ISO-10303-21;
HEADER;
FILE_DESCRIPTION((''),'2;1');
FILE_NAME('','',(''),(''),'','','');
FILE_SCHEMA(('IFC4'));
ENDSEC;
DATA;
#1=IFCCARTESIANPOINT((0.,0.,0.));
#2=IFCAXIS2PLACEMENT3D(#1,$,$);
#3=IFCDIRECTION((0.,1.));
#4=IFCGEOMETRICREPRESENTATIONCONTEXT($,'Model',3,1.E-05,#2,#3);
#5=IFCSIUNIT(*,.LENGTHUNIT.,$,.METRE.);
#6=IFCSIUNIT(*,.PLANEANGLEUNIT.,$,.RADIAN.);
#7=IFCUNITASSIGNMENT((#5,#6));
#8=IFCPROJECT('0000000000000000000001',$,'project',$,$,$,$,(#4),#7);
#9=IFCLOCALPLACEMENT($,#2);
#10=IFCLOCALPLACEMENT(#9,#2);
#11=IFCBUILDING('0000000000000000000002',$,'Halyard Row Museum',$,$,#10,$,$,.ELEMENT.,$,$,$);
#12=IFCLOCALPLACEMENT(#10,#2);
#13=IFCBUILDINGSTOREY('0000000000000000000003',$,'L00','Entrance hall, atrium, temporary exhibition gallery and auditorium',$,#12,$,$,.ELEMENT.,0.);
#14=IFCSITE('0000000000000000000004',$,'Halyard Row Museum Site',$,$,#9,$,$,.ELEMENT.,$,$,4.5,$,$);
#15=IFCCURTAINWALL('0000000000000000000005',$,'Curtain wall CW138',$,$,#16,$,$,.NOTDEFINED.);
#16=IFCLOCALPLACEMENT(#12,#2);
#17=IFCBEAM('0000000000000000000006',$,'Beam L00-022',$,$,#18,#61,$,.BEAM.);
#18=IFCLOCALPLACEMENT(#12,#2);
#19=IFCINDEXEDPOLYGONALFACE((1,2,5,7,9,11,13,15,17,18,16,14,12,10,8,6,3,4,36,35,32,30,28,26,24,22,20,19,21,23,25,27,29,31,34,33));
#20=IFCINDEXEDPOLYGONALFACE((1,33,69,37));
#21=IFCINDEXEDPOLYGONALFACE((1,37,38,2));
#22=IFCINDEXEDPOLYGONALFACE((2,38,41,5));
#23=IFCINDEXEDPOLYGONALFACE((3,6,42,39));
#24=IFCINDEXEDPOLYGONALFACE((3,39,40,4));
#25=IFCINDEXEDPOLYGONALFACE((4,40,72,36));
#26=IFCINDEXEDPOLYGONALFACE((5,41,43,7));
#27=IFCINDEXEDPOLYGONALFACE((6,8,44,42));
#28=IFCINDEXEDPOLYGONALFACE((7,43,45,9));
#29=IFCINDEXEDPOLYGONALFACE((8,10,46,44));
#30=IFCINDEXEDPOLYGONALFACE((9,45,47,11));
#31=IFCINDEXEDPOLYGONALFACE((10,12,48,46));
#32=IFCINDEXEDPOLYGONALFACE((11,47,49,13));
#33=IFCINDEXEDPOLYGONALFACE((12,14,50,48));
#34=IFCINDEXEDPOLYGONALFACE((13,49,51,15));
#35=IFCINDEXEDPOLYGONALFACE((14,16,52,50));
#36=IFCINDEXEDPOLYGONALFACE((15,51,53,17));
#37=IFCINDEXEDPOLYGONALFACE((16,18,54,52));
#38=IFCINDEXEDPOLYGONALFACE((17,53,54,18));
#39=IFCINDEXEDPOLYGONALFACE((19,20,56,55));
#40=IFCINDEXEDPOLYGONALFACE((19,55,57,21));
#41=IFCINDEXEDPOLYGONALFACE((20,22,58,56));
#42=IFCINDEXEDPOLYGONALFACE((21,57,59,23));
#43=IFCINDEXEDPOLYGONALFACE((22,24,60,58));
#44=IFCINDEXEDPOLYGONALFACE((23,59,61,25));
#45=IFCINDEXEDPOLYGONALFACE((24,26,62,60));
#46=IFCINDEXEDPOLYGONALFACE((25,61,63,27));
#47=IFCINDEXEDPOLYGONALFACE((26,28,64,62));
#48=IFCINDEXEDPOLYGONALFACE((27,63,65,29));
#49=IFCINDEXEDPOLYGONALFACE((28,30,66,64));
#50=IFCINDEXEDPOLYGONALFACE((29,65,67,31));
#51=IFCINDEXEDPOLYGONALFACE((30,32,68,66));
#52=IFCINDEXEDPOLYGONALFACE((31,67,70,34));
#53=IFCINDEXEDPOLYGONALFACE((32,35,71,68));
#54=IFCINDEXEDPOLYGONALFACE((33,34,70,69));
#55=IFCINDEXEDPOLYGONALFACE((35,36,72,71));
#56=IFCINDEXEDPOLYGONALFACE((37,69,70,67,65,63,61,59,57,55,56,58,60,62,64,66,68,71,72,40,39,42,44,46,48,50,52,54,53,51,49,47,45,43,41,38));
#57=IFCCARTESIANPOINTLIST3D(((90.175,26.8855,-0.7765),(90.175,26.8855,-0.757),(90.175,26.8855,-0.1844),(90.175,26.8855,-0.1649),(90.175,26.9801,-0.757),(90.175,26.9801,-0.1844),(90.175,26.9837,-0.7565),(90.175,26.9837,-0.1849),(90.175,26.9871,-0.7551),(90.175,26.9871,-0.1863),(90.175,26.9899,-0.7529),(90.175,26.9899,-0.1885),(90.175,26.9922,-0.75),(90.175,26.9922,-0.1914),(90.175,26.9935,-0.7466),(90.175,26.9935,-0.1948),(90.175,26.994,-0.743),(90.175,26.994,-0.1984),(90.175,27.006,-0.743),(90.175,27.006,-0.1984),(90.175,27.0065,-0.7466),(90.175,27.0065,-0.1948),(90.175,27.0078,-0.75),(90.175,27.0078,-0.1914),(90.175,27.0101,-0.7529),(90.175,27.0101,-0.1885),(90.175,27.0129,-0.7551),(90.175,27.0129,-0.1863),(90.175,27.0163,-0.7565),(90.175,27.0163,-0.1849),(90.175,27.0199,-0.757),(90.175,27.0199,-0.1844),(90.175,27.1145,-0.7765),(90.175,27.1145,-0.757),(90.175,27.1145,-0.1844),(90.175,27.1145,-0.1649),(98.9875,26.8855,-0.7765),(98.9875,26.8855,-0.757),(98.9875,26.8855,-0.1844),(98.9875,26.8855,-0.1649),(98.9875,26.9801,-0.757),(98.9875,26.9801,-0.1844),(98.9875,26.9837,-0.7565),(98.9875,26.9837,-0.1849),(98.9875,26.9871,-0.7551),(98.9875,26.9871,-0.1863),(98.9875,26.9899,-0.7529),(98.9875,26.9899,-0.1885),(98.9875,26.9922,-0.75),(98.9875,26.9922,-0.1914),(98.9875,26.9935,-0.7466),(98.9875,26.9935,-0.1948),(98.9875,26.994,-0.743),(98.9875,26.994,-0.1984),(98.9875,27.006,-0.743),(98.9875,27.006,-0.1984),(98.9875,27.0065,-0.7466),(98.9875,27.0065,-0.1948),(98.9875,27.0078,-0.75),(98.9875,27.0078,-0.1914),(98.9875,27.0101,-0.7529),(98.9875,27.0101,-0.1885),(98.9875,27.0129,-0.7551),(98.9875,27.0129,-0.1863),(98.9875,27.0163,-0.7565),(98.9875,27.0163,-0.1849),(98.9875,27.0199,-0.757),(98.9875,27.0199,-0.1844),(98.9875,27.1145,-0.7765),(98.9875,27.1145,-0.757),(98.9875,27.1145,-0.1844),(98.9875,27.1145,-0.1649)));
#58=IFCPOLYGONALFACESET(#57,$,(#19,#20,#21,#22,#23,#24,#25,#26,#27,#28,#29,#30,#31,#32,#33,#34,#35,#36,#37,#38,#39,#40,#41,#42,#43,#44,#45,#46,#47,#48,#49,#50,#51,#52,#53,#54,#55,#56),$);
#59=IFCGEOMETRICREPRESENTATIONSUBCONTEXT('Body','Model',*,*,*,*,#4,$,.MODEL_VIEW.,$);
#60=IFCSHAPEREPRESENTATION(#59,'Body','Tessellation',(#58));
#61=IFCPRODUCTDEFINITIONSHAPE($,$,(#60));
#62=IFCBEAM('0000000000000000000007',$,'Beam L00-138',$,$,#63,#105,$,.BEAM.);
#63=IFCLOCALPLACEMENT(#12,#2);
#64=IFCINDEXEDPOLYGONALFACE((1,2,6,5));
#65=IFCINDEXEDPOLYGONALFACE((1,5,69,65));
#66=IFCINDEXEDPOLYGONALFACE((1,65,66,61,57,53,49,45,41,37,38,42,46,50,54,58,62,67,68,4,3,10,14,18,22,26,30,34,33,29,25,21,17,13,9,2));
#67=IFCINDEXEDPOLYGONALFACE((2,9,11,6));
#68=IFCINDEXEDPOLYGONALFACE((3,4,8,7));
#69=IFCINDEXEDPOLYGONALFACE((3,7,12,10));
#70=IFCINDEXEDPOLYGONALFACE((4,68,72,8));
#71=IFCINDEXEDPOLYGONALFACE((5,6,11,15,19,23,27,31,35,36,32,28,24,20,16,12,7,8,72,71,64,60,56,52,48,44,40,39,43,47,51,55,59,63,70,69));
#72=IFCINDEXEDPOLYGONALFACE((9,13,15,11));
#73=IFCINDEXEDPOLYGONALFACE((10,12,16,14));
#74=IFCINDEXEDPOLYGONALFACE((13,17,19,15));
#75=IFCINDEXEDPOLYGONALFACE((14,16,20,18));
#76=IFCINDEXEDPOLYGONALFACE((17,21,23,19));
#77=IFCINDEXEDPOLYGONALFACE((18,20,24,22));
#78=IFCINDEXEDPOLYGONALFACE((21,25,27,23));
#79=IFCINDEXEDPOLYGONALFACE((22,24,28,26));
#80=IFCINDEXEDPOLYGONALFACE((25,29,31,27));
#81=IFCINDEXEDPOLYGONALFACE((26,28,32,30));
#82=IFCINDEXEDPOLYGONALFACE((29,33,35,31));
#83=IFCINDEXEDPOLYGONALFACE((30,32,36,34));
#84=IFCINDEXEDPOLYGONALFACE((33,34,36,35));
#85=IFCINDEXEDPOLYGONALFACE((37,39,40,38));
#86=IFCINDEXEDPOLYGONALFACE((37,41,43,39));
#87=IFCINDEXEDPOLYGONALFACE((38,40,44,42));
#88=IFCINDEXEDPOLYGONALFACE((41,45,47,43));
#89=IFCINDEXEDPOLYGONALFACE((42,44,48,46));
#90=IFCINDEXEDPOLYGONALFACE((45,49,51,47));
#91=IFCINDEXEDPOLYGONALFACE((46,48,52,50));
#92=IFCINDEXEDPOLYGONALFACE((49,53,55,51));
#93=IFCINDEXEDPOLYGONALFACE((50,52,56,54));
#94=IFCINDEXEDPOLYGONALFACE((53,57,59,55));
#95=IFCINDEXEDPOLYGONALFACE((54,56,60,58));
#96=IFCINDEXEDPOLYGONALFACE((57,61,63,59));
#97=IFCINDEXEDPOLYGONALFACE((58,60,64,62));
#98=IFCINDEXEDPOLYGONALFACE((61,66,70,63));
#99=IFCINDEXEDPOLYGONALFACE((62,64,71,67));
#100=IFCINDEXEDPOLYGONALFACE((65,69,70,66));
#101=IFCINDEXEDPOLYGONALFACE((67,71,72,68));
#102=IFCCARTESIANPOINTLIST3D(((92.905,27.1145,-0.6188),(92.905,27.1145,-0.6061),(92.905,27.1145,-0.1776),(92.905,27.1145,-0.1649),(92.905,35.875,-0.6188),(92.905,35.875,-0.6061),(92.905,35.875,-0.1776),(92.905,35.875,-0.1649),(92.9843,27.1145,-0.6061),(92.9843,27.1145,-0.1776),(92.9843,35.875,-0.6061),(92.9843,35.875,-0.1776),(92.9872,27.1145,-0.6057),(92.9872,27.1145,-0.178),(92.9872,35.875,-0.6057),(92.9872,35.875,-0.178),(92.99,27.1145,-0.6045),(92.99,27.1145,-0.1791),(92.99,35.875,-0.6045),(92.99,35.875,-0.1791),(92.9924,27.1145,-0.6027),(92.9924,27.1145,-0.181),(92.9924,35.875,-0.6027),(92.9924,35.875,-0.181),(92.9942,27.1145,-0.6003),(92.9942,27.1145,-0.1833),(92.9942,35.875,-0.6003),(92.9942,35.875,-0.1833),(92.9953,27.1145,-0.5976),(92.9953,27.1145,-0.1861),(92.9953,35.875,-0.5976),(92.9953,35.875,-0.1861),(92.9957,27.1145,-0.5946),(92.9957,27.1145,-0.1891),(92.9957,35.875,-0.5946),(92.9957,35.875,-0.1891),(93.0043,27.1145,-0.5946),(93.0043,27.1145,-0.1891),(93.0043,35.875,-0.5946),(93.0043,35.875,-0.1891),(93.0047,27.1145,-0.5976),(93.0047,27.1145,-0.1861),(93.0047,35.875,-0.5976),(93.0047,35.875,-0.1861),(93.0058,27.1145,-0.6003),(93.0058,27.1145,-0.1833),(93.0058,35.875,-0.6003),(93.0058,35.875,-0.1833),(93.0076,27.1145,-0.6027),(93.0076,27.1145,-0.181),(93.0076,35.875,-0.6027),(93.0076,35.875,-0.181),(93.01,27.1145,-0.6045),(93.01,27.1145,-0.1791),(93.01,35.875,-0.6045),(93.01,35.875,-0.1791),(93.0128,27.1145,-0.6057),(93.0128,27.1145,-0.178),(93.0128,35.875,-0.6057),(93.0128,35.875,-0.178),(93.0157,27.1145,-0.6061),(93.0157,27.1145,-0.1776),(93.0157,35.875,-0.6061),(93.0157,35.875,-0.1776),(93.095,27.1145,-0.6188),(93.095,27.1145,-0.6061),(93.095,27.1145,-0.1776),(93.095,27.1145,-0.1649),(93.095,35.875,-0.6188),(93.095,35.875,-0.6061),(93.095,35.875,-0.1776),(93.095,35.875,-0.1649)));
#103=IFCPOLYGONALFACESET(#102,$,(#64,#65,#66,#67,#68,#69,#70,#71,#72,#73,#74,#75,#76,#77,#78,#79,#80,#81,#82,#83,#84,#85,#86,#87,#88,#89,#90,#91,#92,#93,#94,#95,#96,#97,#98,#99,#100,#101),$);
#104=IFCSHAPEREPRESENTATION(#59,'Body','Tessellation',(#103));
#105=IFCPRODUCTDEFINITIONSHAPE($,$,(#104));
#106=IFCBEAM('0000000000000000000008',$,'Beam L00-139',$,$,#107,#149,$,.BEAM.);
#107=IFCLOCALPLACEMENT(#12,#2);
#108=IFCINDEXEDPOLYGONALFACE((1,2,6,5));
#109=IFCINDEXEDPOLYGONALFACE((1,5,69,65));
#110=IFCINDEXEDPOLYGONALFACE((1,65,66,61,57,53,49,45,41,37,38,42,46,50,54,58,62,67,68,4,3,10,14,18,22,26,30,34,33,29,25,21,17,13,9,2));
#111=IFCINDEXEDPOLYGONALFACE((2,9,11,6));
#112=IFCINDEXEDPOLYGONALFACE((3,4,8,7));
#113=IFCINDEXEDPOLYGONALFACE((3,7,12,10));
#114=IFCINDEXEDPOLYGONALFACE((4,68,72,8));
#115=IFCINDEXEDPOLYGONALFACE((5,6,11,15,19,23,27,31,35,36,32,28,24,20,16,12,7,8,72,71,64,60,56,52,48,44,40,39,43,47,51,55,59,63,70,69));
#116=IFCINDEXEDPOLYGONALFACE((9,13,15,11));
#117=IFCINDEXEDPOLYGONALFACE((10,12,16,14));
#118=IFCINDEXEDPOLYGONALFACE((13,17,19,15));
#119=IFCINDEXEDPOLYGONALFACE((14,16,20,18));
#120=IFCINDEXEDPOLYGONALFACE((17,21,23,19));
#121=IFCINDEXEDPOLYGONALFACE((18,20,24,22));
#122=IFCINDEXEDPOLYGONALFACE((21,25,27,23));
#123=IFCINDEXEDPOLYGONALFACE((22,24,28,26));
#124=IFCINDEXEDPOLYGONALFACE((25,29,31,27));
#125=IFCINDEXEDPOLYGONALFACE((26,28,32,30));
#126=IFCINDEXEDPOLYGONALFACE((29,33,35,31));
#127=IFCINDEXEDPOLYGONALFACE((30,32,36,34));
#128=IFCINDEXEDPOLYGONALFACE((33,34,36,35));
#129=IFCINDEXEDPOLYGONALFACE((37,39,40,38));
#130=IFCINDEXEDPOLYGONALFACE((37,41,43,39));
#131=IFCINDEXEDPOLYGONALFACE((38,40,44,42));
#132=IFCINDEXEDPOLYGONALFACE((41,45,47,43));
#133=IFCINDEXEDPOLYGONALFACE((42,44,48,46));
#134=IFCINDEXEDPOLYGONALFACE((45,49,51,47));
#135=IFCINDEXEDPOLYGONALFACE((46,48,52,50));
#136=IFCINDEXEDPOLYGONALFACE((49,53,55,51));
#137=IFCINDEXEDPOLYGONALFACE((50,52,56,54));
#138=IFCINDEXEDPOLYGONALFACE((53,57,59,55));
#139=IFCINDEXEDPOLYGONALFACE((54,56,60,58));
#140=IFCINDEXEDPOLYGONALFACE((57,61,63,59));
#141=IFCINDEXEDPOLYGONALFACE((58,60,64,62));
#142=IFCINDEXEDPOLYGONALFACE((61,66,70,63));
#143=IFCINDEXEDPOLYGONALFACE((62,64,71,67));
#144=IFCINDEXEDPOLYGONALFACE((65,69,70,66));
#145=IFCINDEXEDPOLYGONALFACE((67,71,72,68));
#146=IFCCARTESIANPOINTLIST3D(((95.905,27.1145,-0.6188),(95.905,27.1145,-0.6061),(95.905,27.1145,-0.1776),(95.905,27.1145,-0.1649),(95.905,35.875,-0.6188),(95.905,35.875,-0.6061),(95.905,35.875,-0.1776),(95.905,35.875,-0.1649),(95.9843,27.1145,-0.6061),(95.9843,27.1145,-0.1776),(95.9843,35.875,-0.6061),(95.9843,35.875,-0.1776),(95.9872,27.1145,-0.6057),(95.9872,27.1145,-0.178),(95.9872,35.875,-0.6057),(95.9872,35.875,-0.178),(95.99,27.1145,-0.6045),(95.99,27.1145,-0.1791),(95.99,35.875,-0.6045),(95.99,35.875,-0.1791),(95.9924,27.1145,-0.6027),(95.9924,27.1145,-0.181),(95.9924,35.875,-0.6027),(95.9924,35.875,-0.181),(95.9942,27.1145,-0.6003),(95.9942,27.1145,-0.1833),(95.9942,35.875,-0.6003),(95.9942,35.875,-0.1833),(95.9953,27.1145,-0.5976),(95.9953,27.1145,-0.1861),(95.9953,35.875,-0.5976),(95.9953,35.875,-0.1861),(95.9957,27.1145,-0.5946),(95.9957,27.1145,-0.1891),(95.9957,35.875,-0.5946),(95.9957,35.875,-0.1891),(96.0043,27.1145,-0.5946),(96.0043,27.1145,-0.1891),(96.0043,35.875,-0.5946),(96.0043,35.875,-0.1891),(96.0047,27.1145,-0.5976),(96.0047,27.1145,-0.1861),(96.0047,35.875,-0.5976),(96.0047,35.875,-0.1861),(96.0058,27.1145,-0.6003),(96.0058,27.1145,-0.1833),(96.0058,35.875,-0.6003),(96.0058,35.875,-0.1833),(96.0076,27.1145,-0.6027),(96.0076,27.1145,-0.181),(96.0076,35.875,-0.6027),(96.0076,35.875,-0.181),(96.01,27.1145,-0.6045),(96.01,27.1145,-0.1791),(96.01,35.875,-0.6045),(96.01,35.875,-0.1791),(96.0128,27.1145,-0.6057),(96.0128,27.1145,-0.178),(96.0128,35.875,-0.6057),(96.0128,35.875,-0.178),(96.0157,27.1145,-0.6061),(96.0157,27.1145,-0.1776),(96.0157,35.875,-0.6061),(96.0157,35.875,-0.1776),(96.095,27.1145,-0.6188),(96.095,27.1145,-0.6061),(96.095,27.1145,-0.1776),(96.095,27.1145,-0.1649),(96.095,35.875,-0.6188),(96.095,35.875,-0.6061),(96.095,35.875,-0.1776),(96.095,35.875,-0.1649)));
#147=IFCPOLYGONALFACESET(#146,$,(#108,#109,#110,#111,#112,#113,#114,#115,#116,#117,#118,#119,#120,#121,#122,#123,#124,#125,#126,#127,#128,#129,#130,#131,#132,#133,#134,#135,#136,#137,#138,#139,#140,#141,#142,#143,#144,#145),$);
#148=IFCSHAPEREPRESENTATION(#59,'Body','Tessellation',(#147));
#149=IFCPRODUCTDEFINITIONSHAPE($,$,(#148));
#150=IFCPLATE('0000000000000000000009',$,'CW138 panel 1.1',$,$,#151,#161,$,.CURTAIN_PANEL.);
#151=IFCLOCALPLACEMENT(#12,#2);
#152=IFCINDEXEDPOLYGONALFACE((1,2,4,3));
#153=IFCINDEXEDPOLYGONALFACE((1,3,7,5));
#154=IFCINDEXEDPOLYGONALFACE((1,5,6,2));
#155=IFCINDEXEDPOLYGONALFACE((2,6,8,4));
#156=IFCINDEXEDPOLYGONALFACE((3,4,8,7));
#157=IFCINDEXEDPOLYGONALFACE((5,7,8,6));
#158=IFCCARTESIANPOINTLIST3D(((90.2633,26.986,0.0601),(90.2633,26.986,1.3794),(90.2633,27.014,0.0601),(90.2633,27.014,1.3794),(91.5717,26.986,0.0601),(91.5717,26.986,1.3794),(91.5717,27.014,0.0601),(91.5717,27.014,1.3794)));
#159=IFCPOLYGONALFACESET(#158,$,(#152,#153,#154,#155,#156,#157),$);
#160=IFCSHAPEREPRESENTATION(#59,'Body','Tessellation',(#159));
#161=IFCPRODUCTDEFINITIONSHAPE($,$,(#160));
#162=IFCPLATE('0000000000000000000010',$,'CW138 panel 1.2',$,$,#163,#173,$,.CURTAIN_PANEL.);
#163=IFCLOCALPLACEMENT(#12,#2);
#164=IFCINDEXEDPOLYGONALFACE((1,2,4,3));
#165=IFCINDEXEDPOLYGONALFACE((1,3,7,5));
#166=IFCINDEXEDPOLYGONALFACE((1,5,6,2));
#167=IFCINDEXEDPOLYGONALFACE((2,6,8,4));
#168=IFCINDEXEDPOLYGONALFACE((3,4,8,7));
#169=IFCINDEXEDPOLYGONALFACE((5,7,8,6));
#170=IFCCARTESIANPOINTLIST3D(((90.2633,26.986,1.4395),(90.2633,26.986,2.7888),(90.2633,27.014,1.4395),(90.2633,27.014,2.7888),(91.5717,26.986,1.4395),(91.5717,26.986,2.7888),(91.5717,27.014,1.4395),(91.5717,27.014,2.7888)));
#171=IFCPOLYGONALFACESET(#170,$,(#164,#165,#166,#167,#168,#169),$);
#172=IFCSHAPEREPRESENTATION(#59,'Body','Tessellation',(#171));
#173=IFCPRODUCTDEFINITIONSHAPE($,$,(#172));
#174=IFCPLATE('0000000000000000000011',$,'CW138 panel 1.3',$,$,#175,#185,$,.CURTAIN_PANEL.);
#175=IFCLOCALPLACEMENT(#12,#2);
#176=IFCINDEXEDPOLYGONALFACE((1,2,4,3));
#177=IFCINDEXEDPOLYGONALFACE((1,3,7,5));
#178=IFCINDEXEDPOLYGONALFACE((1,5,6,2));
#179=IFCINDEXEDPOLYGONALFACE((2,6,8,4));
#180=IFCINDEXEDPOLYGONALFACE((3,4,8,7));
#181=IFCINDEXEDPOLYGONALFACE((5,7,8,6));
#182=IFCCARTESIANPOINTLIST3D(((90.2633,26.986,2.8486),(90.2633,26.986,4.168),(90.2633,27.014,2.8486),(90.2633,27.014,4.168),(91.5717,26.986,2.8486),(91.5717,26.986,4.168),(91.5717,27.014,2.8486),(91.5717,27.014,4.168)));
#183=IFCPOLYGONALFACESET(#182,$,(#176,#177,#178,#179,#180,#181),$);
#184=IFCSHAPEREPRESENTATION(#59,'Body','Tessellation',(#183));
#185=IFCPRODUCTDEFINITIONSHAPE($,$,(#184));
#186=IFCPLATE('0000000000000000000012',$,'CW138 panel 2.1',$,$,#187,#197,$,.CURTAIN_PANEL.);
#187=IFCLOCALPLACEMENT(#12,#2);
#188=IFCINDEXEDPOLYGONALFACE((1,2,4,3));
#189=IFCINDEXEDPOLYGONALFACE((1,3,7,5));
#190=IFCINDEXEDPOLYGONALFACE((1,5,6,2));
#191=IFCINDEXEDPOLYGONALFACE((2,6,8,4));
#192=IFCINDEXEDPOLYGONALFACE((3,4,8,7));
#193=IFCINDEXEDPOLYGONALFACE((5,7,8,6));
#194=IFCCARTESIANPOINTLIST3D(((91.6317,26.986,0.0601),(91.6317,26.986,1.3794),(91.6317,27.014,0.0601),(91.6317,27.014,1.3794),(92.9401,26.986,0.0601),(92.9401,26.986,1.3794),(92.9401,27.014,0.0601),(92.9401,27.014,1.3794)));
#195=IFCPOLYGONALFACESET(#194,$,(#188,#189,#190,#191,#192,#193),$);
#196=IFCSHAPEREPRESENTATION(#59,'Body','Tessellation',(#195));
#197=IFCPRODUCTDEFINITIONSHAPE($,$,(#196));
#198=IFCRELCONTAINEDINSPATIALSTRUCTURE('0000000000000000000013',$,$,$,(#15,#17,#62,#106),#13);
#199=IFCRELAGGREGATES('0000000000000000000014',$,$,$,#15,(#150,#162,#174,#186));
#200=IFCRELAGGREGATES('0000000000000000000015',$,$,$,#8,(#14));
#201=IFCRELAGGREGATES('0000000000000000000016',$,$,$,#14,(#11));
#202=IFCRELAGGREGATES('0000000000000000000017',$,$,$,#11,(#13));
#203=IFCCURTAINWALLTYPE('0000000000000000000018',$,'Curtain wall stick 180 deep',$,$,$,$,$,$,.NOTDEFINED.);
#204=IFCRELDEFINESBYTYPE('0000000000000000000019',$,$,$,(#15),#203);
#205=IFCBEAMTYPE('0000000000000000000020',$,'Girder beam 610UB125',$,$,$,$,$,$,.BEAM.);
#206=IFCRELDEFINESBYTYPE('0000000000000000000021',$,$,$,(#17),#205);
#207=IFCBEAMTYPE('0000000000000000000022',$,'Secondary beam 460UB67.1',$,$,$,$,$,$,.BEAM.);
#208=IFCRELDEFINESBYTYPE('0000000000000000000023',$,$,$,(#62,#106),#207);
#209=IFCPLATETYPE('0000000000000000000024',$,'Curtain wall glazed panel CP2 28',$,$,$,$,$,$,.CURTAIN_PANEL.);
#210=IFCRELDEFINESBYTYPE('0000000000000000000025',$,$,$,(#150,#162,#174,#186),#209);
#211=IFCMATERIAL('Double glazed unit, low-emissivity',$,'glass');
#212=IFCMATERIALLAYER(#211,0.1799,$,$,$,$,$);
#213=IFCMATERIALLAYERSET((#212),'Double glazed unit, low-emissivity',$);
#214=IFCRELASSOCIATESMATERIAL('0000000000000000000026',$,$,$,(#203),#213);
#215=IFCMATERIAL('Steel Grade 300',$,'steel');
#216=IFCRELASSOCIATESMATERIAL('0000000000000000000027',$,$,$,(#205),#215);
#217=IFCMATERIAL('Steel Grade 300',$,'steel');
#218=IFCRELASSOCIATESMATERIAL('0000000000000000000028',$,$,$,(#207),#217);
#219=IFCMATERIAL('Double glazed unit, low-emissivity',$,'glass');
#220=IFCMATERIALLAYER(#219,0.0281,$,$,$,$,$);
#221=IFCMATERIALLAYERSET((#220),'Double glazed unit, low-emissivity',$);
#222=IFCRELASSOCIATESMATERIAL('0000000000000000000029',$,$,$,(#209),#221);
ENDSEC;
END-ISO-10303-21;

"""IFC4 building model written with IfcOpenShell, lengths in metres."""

from ifc_helpers import new_model, si_unit, direction, frame, origin, origin_2d, place, context, subcontext, project, spatial, rectangle, i_section, extrude, material, layer, layer_set, material_profile, profile_set, type_object, element, aggregate, save


model = new_model("IFC4")

# Units and contexts
model_context = context("Model", 3, precision=1e-05, world=origin(), true_north=direction((0.0, 1.0)))
body_context = subcontext(model_context, "Body", "Model", "MODEL_VIEW")
ifc_project = project(units=[si_unit("LENGTHUNIT", "METRE"), si_unit("PLANEANGLEUNIT", "RADIAN")], contexts=[model_context])

# Site, building, storey
site_placement = place(None, origin())
site = spatial("IfcSite", under=ifc_project, at=site_placement, Name="Halyard Row Museum Site", CompositionType="ELEMENT", RefElevation=4.5)
building_placement = place(site_placement, origin())
building = spatial("IfcBuilding", under=site, at=building_placement, Name="Halyard Row Museum", CompositionType="ELEMENT")
storey_placement = place(building_placement, origin())
storey = spatial("IfcBuildingStorey", under=building, at=storey_placement, Name="L00", Description="Entrance hall, atrium, temporary exhibition gallery and auditorium", CompositionType="ELEMENT", Elevation=0.0)

# Curtain wall
ifc_material_1 = material(Name="Double glazed unit, low-emissivity", Category="glass")
ifc_layer_1 = layer(ifc_material_1, 0.1799)
ifc_layer_set_1 = layer_set([ifc_layer_1], Name="Double glazed unit, low-emissivity")
curtain_wall_type = type_object("IfcCurtainWallType", Name="Curtain wall stick 180 deep", PredefinedType="NOTDEFINED", material=ifc_layer_set_1)
curtain_wall_1_placement = place(storey_placement, origin())
curtain_wall_1 = element("IfcCurtainWall", 1, at=curtain_wall_1_placement, inside=storey, type_object=curtain_wall_type, Name="Curtain wall CW138", PredefinedType="NOTDEFINED")

# Beams
ifc_material_2 = material(Name="Steel Grade 300", Category="steel")
ifc_material_profile_1 = material_profile(ifc_material_2, i_section(OverallWidth=0.229, OverallDepth=0.6116, WebThickness=0.012, FlangeThickness=0.0195, FilletRadius=0.0139, at=origin_2d()), Name="610UB125")
ifc_profile_set_1 = profile_set([ifc_material_profile_1], Name="Steel Grade 300")
beam_type_1 = type_object("IfcBeamType", Name="Girder beam 610UB125", PredefinedType="BEAM", material=ifc_profile_set_1)
beam_placement = place(storey_placement, frame((90.175, 27.0, -0.4707), z_axis=(1.0, 0.0, 0.0), x_axis=(0.0, 1.0, 0.0)))
element("IfcBeam", 2, at=beam_placement, inside=storey, type_object=beam_type_1, Name="Beam L00-022", PredefinedType="BEAM", context=body_context, shape_type="SweptSolid", body=[
    extrude(i_section(OverallWidth=0.229, OverallDepth=0.6116, WebThickness=0.012, FlangeThickness=0.0195, FilletRadius=0.0139, at=origin_2d()), origin(), (0.0, 0.0, 1.0), 8.8125),
])
ifc_material_3 = material(Name="Steel Grade 300", Category="steel")
ifc_material_profile_2 = material_profile(ifc_material_3, i_section(OverallWidth=0.1899, OverallDepth=0.4539, WebThickness=0.0085, FlangeThickness=0.0127, FilletRadius=0.0115, at=origin_2d()), Name="460UB67.1")
ifc_profile_set_2 = profile_set([ifc_material_profile_2], Name="Steel Grade 300")
beam_type_2 = type_object("IfcBeamType", Name="Secondary beam 460UB67.1", PredefinedType="BEAM", material=ifc_profile_set_2)
for number, where, z_axis, x_axis, name in (
    (3, (93.0, 27.1145, -0.3918), (0.0, 1.0, 0.0), (-1.0, 0.0, 0.0), "Beam L00-138"),
    (4, (96.0, 27.1145, -0.3918), (0.0, 1.0, 0.0), (-1.0, 0.0, 0.0), "Beam L00-139"),
):
    element("IfcBeam", number, at=place(storey_placement, frame(where, z_axis=z_axis, x_axis=x_axis)), inside=storey, type_object=beam_type_2, Name=name, PredefinedType="BEAM", context=body_context, shape_type="SweptSolid", body=[
        extrude(i_section(OverallWidth=0.1899, OverallDepth=0.4539, WebThickness=0.0085, FlangeThickness=0.0127, FilletRadius=0.0115, at=origin_2d()), origin(), (0.0, 0.0, 1.0), 8.7605),
    ])

# Plates
ifc_material_4 = material(Name="Double glazed unit, low-emissivity", Category="glass")
ifc_layer_2 = layer(ifc_material_4, 0.0281)
ifc_layer_set_2 = layer_set([ifc_layer_2], Name="Double glazed unit, low-emissivity")
plate_type = type_object("IfcPlateType", Name="Curtain wall glazed panel CP2 28", PredefinedType="CURTAIN_PANEL", material=ifc_layer_set_2)
plate_1_placement = place(storey_placement, frame((90.9175, 27.0, 0.0601), z_axis=(0.0, 0.0, 1.0), x_axis=(1.0, 0.0, 0.0)))
plate_1 = element("IfcPlate", 5, at=plate_1_placement, type_object=plate_type, Name="CW138 panel 1.1", PredefinedType="CURTAIN_PANEL", context=body_context, shape_type="SweptSolid", body=[
    extrude(rectangle(XDim=1.3083, YDim=0.0281, at=origin_2d()), origin(), (0.0, 0.0, 1.0), 1.3193),
])
plate_2_placement = place(storey_placement, frame((90.9175, 27.0, 1.4395), z_axis=(0.0, 0.0, 1.0), x_axis=(1.0, 0.0, 0.0)))
plate_2 = element("IfcPlate", 6, at=plate_2_placement, type_object=plate_type, Name="CW138 panel 1.2", PredefinedType="CURTAIN_PANEL", context=body_context, shape_type="SweptSolid", body=[
    extrude(rectangle(XDim=1.3083, YDim=0.0281, at=origin_2d()), origin(), (0.0, 0.0, 1.0), 1.3494),
])
plate_3_placement = place(storey_placement, frame((90.9175, 27.0, 2.8486), z_axis=(0.0, 0.0, 1.0), x_axis=(1.0, 0.0, 0.0)))
plate_3 = element("IfcPlate", 7, at=plate_3_placement, type_object=plate_type, Name="CW138 panel 1.3", PredefinedType="CURTAIN_PANEL", context=body_context, shape_type="SweptSolid", body=[
    extrude(rectangle(XDim=1.3083, YDim=0.0281, at=origin_2d()), origin(), (0.0, 0.0, 1.0), 1.3193),
])
plate_4_placement = place(storey_placement, frame((92.2859, 27.0, 0.0601), z_axis=(0.0, 0.0, 1.0), x_axis=(1.0, 0.0, 0.0)))
plate_4 = element("IfcPlate", 8, at=plate_4_placement, type_object=plate_type, Name="CW138 panel 2.1", PredefinedType="CURTAIN_PANEL", context=body_context, shape_type="SweptSolid", body=[
    extrude(rectangle(XDim=1.3083, YDim=0.0281, at=origin_2d()), origin(), (0.0, 0.0, 1.0), 1.3193),
])
aggregate(curtain_wall_1, [plate_1, plate_2, plate_3, plate_4])

save(model, "model.ifc")
